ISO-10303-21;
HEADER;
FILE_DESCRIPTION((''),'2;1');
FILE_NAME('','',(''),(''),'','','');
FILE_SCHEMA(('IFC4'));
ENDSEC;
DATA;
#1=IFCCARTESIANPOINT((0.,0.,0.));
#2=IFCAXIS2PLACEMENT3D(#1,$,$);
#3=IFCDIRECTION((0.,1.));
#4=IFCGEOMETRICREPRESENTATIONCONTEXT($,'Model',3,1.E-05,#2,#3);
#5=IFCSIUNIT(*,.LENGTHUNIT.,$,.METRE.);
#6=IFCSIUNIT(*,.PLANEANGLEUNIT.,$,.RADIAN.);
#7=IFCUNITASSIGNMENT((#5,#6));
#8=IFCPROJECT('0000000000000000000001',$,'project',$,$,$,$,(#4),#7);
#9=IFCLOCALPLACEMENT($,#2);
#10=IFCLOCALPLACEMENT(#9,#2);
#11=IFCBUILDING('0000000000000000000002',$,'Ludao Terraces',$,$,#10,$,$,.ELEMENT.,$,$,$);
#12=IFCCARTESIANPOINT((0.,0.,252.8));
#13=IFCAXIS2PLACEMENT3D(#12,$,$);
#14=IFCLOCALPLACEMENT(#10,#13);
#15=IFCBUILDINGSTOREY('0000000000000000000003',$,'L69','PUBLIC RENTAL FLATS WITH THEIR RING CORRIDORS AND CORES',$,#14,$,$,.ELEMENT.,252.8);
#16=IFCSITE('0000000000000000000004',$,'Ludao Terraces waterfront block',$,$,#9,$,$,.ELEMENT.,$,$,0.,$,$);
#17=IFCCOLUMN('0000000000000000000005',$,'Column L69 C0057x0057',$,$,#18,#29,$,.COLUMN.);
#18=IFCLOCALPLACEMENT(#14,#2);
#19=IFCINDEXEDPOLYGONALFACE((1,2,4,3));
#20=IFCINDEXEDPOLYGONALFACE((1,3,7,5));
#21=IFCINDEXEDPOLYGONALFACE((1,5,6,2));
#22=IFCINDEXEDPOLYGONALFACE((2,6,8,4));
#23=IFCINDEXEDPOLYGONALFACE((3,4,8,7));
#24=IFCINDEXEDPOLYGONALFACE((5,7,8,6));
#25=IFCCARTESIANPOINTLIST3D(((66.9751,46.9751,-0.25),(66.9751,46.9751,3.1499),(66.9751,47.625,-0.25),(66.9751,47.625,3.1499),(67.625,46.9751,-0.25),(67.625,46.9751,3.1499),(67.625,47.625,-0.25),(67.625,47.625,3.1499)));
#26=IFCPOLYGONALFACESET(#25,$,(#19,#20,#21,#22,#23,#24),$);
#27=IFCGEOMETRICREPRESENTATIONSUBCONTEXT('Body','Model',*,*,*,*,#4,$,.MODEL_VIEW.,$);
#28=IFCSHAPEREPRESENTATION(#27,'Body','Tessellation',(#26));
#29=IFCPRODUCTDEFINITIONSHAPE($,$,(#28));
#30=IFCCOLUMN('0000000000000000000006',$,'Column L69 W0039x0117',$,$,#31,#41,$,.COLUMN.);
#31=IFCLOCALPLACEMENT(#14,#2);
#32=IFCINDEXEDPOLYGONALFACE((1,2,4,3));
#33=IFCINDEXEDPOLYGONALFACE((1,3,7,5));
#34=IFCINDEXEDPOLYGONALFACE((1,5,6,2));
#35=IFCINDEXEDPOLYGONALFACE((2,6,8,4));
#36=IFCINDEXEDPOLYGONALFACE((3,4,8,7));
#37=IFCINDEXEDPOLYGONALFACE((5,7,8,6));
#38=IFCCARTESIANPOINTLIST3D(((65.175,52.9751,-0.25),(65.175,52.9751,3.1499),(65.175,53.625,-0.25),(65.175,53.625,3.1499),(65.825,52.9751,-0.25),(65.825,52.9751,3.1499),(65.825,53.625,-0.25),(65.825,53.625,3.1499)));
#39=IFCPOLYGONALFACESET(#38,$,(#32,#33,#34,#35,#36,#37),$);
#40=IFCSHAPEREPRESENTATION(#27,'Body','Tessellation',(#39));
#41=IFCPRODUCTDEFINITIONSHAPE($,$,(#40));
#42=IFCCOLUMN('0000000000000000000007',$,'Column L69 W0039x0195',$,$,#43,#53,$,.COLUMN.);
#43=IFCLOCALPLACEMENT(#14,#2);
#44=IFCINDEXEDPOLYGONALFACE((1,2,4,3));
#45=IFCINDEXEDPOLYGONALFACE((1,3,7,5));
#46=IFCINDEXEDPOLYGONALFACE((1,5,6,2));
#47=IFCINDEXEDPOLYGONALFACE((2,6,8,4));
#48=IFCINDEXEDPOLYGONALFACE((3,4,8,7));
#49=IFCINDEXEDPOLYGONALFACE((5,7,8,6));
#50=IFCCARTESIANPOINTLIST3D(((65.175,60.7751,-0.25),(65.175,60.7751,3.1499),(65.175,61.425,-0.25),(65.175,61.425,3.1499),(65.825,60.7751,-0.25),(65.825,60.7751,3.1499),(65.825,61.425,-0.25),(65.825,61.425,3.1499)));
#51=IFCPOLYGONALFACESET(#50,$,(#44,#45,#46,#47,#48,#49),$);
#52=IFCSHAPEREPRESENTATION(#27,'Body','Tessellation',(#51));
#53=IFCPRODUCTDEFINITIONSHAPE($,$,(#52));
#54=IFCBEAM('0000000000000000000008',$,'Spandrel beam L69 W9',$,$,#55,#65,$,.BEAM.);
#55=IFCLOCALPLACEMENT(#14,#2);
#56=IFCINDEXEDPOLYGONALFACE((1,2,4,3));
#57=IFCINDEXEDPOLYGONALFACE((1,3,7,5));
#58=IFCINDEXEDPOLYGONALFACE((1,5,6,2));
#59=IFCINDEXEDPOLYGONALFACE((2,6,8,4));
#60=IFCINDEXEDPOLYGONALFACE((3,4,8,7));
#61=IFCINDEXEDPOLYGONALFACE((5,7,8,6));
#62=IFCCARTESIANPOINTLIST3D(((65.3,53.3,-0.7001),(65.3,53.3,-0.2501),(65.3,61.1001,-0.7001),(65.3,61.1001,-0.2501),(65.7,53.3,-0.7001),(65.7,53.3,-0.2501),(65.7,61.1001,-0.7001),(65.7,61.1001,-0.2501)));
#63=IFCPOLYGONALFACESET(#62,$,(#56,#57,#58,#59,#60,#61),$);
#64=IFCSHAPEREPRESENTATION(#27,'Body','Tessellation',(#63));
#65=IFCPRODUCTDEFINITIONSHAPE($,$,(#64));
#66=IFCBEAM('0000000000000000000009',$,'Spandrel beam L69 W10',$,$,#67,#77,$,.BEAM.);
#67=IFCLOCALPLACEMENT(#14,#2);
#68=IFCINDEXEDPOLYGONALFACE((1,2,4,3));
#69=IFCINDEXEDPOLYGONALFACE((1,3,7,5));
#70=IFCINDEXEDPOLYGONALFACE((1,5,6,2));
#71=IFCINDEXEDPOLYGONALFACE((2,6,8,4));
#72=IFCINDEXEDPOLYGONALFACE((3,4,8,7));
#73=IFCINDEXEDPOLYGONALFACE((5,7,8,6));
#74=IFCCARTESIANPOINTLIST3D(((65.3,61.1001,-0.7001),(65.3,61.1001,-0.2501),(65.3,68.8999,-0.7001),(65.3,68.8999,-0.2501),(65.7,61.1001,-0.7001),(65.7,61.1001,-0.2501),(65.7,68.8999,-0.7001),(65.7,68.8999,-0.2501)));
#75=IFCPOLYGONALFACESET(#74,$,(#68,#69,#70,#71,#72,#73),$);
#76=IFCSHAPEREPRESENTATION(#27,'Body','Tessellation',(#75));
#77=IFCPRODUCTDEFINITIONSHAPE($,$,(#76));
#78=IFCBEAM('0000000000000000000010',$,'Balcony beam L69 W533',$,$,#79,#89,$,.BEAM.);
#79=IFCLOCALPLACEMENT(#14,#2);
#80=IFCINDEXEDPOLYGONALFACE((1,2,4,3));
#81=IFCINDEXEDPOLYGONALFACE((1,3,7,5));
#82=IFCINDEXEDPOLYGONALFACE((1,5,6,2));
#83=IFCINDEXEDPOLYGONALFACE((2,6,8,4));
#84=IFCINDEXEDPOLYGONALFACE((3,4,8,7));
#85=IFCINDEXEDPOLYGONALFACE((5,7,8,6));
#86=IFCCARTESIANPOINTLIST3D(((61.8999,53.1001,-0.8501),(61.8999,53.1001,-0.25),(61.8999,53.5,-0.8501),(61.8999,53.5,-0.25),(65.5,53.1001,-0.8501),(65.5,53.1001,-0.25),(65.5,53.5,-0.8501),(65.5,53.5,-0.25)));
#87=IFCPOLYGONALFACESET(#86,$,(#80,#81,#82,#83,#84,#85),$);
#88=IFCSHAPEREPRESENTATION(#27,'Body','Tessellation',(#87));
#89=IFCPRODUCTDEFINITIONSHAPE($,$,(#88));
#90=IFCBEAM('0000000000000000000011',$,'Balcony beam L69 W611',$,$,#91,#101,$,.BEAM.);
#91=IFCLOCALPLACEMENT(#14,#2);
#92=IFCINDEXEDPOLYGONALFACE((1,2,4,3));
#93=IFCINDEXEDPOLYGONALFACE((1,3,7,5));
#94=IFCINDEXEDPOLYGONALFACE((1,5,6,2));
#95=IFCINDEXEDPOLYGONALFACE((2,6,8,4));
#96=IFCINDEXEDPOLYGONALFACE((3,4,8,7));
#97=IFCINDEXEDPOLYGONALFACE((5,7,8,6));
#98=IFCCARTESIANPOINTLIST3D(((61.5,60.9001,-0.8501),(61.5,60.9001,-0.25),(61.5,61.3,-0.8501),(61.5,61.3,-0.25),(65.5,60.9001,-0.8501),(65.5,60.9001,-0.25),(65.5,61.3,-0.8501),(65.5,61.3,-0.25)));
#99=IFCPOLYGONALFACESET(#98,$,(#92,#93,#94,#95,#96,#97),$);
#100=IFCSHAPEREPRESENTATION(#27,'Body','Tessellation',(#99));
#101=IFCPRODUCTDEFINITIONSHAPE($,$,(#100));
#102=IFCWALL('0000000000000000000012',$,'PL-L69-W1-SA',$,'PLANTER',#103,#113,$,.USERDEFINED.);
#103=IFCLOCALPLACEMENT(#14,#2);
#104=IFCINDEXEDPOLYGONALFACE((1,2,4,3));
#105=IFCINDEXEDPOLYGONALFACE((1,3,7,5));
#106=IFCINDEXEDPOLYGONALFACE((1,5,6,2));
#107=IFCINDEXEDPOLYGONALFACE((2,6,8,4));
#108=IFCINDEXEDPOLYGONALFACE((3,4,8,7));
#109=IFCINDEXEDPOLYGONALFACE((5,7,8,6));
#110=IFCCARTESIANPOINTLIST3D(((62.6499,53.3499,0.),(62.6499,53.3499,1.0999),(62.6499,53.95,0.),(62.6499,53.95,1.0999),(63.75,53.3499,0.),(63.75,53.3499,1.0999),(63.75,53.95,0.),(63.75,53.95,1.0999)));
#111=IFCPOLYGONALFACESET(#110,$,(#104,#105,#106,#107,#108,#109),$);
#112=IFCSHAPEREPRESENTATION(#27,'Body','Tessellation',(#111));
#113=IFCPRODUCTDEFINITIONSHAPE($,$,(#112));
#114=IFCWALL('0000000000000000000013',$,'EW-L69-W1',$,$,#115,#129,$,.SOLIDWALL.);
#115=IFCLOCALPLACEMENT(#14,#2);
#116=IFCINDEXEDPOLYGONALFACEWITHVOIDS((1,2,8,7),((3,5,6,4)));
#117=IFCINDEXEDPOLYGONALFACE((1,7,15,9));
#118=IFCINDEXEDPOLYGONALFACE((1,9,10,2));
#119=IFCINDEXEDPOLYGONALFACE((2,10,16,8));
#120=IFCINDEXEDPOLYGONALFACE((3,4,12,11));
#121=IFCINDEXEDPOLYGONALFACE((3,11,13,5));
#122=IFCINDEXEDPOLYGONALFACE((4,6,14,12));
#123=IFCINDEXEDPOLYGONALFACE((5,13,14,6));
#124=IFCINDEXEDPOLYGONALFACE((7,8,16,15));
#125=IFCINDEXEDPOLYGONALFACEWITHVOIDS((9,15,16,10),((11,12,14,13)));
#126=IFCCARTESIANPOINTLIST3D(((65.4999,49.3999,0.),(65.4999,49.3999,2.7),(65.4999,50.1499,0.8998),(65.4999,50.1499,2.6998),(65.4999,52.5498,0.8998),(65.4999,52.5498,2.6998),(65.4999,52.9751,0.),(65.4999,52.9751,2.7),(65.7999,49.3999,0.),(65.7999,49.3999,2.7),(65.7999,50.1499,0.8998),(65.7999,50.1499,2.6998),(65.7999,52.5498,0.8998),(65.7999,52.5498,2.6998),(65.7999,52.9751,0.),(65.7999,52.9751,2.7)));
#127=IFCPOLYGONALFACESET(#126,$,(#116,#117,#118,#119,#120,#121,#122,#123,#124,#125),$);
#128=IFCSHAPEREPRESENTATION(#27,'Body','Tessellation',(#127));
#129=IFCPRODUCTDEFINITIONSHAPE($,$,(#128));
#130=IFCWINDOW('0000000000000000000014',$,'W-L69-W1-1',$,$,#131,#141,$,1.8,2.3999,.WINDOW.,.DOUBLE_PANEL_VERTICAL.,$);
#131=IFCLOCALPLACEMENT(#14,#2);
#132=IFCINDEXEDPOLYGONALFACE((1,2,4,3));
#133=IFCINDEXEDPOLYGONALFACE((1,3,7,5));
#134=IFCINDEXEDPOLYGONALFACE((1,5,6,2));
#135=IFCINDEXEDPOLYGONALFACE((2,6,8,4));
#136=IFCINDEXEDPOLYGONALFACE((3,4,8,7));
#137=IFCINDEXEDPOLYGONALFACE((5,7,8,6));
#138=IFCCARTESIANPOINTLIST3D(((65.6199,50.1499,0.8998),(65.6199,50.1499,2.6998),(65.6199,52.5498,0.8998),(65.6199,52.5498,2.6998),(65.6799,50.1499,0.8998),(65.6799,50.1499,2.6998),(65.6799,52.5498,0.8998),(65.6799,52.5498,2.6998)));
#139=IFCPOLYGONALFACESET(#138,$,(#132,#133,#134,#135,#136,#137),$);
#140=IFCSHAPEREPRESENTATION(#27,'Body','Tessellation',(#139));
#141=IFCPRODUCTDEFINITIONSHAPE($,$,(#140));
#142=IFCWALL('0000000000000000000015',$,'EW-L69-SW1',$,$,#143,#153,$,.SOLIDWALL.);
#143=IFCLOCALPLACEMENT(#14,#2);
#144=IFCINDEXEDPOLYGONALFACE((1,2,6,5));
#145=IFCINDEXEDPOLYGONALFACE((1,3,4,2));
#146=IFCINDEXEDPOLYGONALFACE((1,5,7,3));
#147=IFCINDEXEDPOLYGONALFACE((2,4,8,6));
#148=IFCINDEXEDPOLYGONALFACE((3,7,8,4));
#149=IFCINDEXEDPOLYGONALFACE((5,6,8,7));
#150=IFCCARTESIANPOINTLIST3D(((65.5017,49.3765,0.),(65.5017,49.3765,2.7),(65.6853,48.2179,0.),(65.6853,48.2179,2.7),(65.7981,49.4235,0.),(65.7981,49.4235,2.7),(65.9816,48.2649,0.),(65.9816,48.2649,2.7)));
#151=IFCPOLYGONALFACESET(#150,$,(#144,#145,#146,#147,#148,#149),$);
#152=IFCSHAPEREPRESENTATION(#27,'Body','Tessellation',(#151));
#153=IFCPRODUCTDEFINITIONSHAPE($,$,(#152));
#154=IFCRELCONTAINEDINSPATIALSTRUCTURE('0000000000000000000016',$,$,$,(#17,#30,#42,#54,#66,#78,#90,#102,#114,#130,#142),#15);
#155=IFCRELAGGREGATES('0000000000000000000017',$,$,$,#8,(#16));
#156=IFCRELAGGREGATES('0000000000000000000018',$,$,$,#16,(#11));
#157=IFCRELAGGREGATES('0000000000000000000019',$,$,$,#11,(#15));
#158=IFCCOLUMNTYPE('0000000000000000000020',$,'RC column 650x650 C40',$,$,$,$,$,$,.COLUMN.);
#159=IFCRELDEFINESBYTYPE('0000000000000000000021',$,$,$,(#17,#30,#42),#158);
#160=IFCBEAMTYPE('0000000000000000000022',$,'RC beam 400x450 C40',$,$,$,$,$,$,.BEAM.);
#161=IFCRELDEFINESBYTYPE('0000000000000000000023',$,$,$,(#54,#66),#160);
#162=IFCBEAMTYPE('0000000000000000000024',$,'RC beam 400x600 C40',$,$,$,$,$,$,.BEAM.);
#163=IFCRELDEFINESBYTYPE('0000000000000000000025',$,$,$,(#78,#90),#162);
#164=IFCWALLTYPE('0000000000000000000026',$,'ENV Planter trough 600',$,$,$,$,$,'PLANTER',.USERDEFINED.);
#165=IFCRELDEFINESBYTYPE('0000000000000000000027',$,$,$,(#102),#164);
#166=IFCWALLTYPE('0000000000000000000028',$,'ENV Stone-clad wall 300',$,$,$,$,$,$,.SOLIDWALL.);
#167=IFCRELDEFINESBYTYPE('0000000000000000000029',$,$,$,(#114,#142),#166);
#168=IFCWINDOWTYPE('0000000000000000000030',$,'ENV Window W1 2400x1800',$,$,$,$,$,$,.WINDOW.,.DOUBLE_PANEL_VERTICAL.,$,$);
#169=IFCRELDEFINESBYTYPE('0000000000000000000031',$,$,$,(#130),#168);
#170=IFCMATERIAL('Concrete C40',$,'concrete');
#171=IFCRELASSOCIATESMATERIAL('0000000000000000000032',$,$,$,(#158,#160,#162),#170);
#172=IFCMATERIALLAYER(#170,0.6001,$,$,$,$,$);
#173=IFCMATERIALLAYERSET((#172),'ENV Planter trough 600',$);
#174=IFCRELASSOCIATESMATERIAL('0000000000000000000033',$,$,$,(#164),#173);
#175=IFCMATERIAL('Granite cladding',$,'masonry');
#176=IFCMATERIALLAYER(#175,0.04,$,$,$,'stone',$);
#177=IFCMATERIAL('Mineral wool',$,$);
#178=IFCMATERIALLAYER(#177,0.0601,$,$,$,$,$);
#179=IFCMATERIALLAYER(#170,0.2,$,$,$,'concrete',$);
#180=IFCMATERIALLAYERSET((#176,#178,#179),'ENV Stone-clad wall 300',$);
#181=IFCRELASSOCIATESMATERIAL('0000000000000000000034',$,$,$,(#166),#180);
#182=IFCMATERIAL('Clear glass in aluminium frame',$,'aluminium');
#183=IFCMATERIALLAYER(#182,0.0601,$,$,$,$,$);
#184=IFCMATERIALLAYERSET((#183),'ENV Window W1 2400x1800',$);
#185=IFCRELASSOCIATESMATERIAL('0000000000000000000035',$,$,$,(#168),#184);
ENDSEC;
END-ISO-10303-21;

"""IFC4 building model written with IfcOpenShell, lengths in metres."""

from ifc_helpers import new_model, si_unit, direction, frame, frame_2d, origin, origin_2d, place, context, subcontext, project, spatial, rectangle, extrude, material, layer, layer_set, material_profile, profile_set, type_object, element, fill, save


model = new_model("IFC4")

# Units and contexts
model_context = context("Model", 3, precision=1e-05, world=origin(), true_north=direction((0.0, 1.0)))
body_context = subcontext(model_context, "Body", "Model", "MODEL_VIEW")
ifc_project = project(units=[si_unit("LENGTHUNIT", "METRE"), si_unit("PLANEANGLEUNIT", "RADIAN")], contexts=[model_context])

# Site, building, storey
site_placement = place(None, origin())
site = spatial("IfcSite", under=ifc_project, at=site_placement, Name="Ludao Terraces waterfront block", CompositionType="ELEMENT", RefElevation=0.0)
building_placement = place(site_placement, origin())
building = spatial("IfcBuilding", under=site, at=building_placement, Name="Ludao Terraces", CompositionType="ELEMENT")
storey_placement = place(building_placement, frame((0.0, 0.0, 252.8)))
storey = spatial("IfcBuildingStorey", under=building, at=storey_placement, Name="L69", Description="PUBLIC RENTAL FLATS WITH THEIR RING CORRIDORS AND CORES", CompositionType="ELEMENT", Elevation=252.8)

# Columns
ifc_material_1 = material(Name="Concrete C40", Category="concrete")
ifc_material_profile_1 = material_profile(ifc_material_1, rectangle(XDim=0.6499, YDim=0.6499, at=origin_2d()), Name="650 X 650")
ifc_profile_set_1 = profile_set([ifc_material_profile_1], Name="Concrete C40")
column_type = type_object("IfcColumnType", Name="RC column 650x650 C40", PredefinedType="COLUMN", material=ifc_profile_set_1)
for number, where, z_axis, x_axis, name in (
    (1, (67.3, 47.3, -0.25), (0.0, 0.0, 1.0), (1.0, 0.0, 0.0), "Column L69 C0057x0057"),
    (2, (65.5, 53.3, -0.25), (0.0, 0.0, 1.0), (1.0, 0.0, 0.0), "Column L69 W0039x0117"),
    (3, (65.5, 61.1001, -0.25), (0.0, 0.0, 1.0), (1.0, 0.0, 0.0), "Column L69 W0039x0195"),
):
    element("IfcColumn", number, at=place(storey_placement, frame(where, z_axis=z_axis, x_axis=x_axis)), inside=storey, type_object=column_type, Name=name, PredefinedType="COLUMN", context=body_context, shape_type="SweptSolid", body=[
        extrude(rectangle(XDim=0.6499, YDim=0.6499, at=origin_2d()), origin(), (0.0, 0.0, 1.0), 3.3999),
    ])

# Beams
ifc_material_profile_2 = material_profile(ifc_material_1, rectangle(XDim=0.3999, YDim=0.45, at=origin_2d()), Name="400 X 450")
ifc_profile_set_2 = profile_set([ifc_material_profile_2], Name="Concrete C40")
beam_type_1 = type_object("IfcBeamType", Name="RC beam 400x450 C40", PredefinedType="BEAM", material=ifc_profile_set_2)
beam_1_placement = place(storey_placement, frame((65.5, 53.3, -0.4751), z_axis=(0.0, 1.0, 0.0), x_axis=(-1.0, 0.0, 0.0)))
element("IfcBeam", 4, at=beam_1_placement, inside=storey, type_object=beam_type_1, Name="Spandrel beam L69 W9", PredefinedType="BEAM", context=body_context, shape_type="SweptSolid", body=[
    extrude(rectangle(XDim=0.3999, YDim=0.45, at=origin_2d()), origin(), (0.0, 0.0, 1.0), 7.8),
])
beam_2_placement = place(storey_placement, frame((65.5, 61.1001, -0.4751), z_axis=(0.0, 1.0, 0.0), x_axis=(-1.0, 0.0, 0.0)))
element("IfcBeam", 5, at=beam_2_placement, inside=storey, type_object=beam_type_1, Name="Spandrel beam L69 W10", PredefinedType="BEAM", context=body_context, shape_type="SweptSolid", body=[
    extrude(rectangle(XDim=0.3999, YDim=0.45, at=origin_2d()), origin(), (0.0, 0.0, 1.0), 7.7998),
])
ifc_material_profile_3 = material_profile(ifc_material_1, rectangle(XDim=0.3999, YDim=0.6001, at=origin_2d()), Name="400 X 600")
ifc_profile_set_3 = profile_set([ifc_material_profile_3], Name="Concrete C40")
beam_type_2 = type_object("IfcBeamType", Name="RC beam 400x600 C40", PredefinedType="BEAM", material=ifc_profile_set_3)
beam_3_placement = place(storey_placement, frame((65.5, 53.3, -0.55), z_axis=(-1.0, 0.0, 0.0), x_axis=(0.0, -1.0, 0.0)))
element("IfcBeam", 6, at=beam_3_placement, inside=storey, type_object=beam_type_2, Name="Balcony beam L69 W533", PredefinedType="BEAM", context=body_context, shape_type="SweptSolid", body=[
    extrude(rectangle(XDim=0.3999, YDim=0.6001, at=origin_2d()), origin(), (0.0, 0.0, 1.0), 3.6001),
])
beam_4_placement = place(storey_placement, frame((65.5, 61.1001, -0.55), z_axis=(-1.0, 0.0, 0.0), x_axis=(0.0, -1.0, 0.0)))
element("IfcBeam", 7, at=beam_4_placement, inside=storey, type_object=beam_type_2, Name="Balcony beam L69 W611", PredefinedType="BEAM", context=body_context, shape_type="SweptSolid", body=[
    extrude(rectangle(XDim=0.3999, YDim=0.6001, at=origin_2d()), origin(), (0.0, 0.0, 1.0), 4.0),
])

# Wall
ifc_layer_1 = layer(ifc_material_1, 0.6001)
ifc_layer_set_1 = layer_set([ifc_layer_1], Name="ENV Planter trough 600")
wall_type_1 = type_object("IfcWallType", Name="ENV Planter trough 600", ElementType="PLANTER", PredefinedType="USERDEFINED", material=ifc_layer_set_1)
wall_1_placement = place(storey_placement, frame((62.6499, 53.6499, 0.0), z_axis=(0.0, 0.0, 1.0), x_axis=(1.0, 0.0, 0.0)))
element("IfcWall", 8, at=wall_1_placement, inside=storey, type_object=wall_type_1, Name="PL-L69-W1-SA", ObjectType="PLANTER", PredefinedType="USERDEFINED", context=body_context, shape_type="SweptSolid", body=[
    extrude(rectangle(XDim=1.1001, YDim=0.6001, at=frame_2d((0.55, 0.0))), origin(), (0.0, 0.0, 1.0), 1.0999),
])

# Wall, opening, window
ifc_material_2 = material(Name="Granite cladding", Category="masonry")
ifc_layer_2 = layer(ifc_material_2, 0.04, Category="stone")
ifc_material_3 = material(Name="Mineral wool")
ifc_layer_3 = layer(ifc_material_3, 0.0601)
ifc_layer_4 = layer(ifc_material_1, 0.2, Category="concrete")
ifc_layer_set_2 = layer_set([ifc_layer_2, ifc_layer_3, ifc_layer_4], Name="ENV Stone-clad wall 300")
wall_type_2 = type_object("IfcWallType", Name="ENV Stone-clad wall 300", PredefinedType="SOLIDWALL", material=ifc_layer_set_2)
wall_2_placement = place(storey_placement, frame((65.6499, 49.3999, 0.0), z_axis=(0.0, 0.0, 1.0), x_axis=(0.0, 1.0, 0.0)))
wall_2 = element("IfcWall", 9, at=wall_2_placement, inside=storey, type_object=wall_type_2, Name="EW-L69-W1", PredefinedType="SOLIDWALL", context=body_context, shape_type="SweptSolid", body=[
    extrude(rectangle(XDim=3.5752, YDim=0.3, at=frame_2d((1.7876, 0.0))), origin(), (0.0, 0.0, 1.0), 2.7),
])
opening_1_placement = place(wall_2_placement, frame((0.75, 0.0, 0.8999)))
opening_1 = element("IfcOpeningElement", 10, at=opening_1_placement, cuts=wall_2, PredefinedType="OPENING", context=body_context, shape_type="SweptSolid", body=[
    extrude(rectangle(XDim=2.3999, YDim=1.8, at=frame_2d((1.2, 0.8999))), frame((0.0, 0.1602, 0.0), z_axis=(0.0, -1.0, 0.0), x_axis=(1.0, 0.0, 0.0)), (0.0, 0.0, 1.0), 0.3201),
])
ifc_material_4 = material(Name="Clear glass in aluminium frame", Category="aluminium")
ifc_layer_5 = layer(ifc_material_4, 0.0601)
ifc_layer_set_3 = layer_set([ifc_layer_5], Name="ENV Window W1 2400x1800")
window_type_1 = type_object("IfcWindowType", Name="ENV Window W1 2400x1800", PartitioningType="DOUBLE_PANEL_VERTICAL", PredefinedType="WINDOW", material=ifc_layer_set_3)
window_1_placement = place(opening_1_placement, origin())
window_1 = element("IfcWindow", 11, at=window_1_placement, inside=storey, type_object=window_type_1, Name="W-L69-W1-1", OverallHeight=1.8, OverallWidth=2.3999, PartitioningType="DOUBLE_PANEL_VERTICAL", PredefinedType="WINDOW", context=body_context, shape_type="SweptSolid", body=[
    extrude(rectangle(XDim=2.3999, YDim=1.8, at=frame_2d((1.2, 0.8999))), frame((0.0, 0.03, 0.0), z_axis=(0.0, -1.0, 0.0), x_axis=(1.0, 0.0, 0.0)), (0.0, 0.0, 1.0), 0.0601),
])
fill(opening_1, window_1)

# Wall
wall_3_placement = place(storey_placement, frame((65.6499, 49.3999, 0.0), z_axis=(0.0, 0.0, 1.0), x_axis=(0.156497, -0.987678, 0.0)))
element("IfcWall", 12, at=wall_3_placement, inside=storey, type_object=wall_type_2, Name="EW-L69-SW1", PredefinedType="SOLIDWALL", context=body_context, shape_type="SweptSolid", body=[
    extrude(rectangle(XDim=1.1731, YDim=0.3, at=frame_2d((0.5864, 0.0))), origin(), (0.0, 0.0, 1.0), 2.7),
])

save(model, "model.ifc")
